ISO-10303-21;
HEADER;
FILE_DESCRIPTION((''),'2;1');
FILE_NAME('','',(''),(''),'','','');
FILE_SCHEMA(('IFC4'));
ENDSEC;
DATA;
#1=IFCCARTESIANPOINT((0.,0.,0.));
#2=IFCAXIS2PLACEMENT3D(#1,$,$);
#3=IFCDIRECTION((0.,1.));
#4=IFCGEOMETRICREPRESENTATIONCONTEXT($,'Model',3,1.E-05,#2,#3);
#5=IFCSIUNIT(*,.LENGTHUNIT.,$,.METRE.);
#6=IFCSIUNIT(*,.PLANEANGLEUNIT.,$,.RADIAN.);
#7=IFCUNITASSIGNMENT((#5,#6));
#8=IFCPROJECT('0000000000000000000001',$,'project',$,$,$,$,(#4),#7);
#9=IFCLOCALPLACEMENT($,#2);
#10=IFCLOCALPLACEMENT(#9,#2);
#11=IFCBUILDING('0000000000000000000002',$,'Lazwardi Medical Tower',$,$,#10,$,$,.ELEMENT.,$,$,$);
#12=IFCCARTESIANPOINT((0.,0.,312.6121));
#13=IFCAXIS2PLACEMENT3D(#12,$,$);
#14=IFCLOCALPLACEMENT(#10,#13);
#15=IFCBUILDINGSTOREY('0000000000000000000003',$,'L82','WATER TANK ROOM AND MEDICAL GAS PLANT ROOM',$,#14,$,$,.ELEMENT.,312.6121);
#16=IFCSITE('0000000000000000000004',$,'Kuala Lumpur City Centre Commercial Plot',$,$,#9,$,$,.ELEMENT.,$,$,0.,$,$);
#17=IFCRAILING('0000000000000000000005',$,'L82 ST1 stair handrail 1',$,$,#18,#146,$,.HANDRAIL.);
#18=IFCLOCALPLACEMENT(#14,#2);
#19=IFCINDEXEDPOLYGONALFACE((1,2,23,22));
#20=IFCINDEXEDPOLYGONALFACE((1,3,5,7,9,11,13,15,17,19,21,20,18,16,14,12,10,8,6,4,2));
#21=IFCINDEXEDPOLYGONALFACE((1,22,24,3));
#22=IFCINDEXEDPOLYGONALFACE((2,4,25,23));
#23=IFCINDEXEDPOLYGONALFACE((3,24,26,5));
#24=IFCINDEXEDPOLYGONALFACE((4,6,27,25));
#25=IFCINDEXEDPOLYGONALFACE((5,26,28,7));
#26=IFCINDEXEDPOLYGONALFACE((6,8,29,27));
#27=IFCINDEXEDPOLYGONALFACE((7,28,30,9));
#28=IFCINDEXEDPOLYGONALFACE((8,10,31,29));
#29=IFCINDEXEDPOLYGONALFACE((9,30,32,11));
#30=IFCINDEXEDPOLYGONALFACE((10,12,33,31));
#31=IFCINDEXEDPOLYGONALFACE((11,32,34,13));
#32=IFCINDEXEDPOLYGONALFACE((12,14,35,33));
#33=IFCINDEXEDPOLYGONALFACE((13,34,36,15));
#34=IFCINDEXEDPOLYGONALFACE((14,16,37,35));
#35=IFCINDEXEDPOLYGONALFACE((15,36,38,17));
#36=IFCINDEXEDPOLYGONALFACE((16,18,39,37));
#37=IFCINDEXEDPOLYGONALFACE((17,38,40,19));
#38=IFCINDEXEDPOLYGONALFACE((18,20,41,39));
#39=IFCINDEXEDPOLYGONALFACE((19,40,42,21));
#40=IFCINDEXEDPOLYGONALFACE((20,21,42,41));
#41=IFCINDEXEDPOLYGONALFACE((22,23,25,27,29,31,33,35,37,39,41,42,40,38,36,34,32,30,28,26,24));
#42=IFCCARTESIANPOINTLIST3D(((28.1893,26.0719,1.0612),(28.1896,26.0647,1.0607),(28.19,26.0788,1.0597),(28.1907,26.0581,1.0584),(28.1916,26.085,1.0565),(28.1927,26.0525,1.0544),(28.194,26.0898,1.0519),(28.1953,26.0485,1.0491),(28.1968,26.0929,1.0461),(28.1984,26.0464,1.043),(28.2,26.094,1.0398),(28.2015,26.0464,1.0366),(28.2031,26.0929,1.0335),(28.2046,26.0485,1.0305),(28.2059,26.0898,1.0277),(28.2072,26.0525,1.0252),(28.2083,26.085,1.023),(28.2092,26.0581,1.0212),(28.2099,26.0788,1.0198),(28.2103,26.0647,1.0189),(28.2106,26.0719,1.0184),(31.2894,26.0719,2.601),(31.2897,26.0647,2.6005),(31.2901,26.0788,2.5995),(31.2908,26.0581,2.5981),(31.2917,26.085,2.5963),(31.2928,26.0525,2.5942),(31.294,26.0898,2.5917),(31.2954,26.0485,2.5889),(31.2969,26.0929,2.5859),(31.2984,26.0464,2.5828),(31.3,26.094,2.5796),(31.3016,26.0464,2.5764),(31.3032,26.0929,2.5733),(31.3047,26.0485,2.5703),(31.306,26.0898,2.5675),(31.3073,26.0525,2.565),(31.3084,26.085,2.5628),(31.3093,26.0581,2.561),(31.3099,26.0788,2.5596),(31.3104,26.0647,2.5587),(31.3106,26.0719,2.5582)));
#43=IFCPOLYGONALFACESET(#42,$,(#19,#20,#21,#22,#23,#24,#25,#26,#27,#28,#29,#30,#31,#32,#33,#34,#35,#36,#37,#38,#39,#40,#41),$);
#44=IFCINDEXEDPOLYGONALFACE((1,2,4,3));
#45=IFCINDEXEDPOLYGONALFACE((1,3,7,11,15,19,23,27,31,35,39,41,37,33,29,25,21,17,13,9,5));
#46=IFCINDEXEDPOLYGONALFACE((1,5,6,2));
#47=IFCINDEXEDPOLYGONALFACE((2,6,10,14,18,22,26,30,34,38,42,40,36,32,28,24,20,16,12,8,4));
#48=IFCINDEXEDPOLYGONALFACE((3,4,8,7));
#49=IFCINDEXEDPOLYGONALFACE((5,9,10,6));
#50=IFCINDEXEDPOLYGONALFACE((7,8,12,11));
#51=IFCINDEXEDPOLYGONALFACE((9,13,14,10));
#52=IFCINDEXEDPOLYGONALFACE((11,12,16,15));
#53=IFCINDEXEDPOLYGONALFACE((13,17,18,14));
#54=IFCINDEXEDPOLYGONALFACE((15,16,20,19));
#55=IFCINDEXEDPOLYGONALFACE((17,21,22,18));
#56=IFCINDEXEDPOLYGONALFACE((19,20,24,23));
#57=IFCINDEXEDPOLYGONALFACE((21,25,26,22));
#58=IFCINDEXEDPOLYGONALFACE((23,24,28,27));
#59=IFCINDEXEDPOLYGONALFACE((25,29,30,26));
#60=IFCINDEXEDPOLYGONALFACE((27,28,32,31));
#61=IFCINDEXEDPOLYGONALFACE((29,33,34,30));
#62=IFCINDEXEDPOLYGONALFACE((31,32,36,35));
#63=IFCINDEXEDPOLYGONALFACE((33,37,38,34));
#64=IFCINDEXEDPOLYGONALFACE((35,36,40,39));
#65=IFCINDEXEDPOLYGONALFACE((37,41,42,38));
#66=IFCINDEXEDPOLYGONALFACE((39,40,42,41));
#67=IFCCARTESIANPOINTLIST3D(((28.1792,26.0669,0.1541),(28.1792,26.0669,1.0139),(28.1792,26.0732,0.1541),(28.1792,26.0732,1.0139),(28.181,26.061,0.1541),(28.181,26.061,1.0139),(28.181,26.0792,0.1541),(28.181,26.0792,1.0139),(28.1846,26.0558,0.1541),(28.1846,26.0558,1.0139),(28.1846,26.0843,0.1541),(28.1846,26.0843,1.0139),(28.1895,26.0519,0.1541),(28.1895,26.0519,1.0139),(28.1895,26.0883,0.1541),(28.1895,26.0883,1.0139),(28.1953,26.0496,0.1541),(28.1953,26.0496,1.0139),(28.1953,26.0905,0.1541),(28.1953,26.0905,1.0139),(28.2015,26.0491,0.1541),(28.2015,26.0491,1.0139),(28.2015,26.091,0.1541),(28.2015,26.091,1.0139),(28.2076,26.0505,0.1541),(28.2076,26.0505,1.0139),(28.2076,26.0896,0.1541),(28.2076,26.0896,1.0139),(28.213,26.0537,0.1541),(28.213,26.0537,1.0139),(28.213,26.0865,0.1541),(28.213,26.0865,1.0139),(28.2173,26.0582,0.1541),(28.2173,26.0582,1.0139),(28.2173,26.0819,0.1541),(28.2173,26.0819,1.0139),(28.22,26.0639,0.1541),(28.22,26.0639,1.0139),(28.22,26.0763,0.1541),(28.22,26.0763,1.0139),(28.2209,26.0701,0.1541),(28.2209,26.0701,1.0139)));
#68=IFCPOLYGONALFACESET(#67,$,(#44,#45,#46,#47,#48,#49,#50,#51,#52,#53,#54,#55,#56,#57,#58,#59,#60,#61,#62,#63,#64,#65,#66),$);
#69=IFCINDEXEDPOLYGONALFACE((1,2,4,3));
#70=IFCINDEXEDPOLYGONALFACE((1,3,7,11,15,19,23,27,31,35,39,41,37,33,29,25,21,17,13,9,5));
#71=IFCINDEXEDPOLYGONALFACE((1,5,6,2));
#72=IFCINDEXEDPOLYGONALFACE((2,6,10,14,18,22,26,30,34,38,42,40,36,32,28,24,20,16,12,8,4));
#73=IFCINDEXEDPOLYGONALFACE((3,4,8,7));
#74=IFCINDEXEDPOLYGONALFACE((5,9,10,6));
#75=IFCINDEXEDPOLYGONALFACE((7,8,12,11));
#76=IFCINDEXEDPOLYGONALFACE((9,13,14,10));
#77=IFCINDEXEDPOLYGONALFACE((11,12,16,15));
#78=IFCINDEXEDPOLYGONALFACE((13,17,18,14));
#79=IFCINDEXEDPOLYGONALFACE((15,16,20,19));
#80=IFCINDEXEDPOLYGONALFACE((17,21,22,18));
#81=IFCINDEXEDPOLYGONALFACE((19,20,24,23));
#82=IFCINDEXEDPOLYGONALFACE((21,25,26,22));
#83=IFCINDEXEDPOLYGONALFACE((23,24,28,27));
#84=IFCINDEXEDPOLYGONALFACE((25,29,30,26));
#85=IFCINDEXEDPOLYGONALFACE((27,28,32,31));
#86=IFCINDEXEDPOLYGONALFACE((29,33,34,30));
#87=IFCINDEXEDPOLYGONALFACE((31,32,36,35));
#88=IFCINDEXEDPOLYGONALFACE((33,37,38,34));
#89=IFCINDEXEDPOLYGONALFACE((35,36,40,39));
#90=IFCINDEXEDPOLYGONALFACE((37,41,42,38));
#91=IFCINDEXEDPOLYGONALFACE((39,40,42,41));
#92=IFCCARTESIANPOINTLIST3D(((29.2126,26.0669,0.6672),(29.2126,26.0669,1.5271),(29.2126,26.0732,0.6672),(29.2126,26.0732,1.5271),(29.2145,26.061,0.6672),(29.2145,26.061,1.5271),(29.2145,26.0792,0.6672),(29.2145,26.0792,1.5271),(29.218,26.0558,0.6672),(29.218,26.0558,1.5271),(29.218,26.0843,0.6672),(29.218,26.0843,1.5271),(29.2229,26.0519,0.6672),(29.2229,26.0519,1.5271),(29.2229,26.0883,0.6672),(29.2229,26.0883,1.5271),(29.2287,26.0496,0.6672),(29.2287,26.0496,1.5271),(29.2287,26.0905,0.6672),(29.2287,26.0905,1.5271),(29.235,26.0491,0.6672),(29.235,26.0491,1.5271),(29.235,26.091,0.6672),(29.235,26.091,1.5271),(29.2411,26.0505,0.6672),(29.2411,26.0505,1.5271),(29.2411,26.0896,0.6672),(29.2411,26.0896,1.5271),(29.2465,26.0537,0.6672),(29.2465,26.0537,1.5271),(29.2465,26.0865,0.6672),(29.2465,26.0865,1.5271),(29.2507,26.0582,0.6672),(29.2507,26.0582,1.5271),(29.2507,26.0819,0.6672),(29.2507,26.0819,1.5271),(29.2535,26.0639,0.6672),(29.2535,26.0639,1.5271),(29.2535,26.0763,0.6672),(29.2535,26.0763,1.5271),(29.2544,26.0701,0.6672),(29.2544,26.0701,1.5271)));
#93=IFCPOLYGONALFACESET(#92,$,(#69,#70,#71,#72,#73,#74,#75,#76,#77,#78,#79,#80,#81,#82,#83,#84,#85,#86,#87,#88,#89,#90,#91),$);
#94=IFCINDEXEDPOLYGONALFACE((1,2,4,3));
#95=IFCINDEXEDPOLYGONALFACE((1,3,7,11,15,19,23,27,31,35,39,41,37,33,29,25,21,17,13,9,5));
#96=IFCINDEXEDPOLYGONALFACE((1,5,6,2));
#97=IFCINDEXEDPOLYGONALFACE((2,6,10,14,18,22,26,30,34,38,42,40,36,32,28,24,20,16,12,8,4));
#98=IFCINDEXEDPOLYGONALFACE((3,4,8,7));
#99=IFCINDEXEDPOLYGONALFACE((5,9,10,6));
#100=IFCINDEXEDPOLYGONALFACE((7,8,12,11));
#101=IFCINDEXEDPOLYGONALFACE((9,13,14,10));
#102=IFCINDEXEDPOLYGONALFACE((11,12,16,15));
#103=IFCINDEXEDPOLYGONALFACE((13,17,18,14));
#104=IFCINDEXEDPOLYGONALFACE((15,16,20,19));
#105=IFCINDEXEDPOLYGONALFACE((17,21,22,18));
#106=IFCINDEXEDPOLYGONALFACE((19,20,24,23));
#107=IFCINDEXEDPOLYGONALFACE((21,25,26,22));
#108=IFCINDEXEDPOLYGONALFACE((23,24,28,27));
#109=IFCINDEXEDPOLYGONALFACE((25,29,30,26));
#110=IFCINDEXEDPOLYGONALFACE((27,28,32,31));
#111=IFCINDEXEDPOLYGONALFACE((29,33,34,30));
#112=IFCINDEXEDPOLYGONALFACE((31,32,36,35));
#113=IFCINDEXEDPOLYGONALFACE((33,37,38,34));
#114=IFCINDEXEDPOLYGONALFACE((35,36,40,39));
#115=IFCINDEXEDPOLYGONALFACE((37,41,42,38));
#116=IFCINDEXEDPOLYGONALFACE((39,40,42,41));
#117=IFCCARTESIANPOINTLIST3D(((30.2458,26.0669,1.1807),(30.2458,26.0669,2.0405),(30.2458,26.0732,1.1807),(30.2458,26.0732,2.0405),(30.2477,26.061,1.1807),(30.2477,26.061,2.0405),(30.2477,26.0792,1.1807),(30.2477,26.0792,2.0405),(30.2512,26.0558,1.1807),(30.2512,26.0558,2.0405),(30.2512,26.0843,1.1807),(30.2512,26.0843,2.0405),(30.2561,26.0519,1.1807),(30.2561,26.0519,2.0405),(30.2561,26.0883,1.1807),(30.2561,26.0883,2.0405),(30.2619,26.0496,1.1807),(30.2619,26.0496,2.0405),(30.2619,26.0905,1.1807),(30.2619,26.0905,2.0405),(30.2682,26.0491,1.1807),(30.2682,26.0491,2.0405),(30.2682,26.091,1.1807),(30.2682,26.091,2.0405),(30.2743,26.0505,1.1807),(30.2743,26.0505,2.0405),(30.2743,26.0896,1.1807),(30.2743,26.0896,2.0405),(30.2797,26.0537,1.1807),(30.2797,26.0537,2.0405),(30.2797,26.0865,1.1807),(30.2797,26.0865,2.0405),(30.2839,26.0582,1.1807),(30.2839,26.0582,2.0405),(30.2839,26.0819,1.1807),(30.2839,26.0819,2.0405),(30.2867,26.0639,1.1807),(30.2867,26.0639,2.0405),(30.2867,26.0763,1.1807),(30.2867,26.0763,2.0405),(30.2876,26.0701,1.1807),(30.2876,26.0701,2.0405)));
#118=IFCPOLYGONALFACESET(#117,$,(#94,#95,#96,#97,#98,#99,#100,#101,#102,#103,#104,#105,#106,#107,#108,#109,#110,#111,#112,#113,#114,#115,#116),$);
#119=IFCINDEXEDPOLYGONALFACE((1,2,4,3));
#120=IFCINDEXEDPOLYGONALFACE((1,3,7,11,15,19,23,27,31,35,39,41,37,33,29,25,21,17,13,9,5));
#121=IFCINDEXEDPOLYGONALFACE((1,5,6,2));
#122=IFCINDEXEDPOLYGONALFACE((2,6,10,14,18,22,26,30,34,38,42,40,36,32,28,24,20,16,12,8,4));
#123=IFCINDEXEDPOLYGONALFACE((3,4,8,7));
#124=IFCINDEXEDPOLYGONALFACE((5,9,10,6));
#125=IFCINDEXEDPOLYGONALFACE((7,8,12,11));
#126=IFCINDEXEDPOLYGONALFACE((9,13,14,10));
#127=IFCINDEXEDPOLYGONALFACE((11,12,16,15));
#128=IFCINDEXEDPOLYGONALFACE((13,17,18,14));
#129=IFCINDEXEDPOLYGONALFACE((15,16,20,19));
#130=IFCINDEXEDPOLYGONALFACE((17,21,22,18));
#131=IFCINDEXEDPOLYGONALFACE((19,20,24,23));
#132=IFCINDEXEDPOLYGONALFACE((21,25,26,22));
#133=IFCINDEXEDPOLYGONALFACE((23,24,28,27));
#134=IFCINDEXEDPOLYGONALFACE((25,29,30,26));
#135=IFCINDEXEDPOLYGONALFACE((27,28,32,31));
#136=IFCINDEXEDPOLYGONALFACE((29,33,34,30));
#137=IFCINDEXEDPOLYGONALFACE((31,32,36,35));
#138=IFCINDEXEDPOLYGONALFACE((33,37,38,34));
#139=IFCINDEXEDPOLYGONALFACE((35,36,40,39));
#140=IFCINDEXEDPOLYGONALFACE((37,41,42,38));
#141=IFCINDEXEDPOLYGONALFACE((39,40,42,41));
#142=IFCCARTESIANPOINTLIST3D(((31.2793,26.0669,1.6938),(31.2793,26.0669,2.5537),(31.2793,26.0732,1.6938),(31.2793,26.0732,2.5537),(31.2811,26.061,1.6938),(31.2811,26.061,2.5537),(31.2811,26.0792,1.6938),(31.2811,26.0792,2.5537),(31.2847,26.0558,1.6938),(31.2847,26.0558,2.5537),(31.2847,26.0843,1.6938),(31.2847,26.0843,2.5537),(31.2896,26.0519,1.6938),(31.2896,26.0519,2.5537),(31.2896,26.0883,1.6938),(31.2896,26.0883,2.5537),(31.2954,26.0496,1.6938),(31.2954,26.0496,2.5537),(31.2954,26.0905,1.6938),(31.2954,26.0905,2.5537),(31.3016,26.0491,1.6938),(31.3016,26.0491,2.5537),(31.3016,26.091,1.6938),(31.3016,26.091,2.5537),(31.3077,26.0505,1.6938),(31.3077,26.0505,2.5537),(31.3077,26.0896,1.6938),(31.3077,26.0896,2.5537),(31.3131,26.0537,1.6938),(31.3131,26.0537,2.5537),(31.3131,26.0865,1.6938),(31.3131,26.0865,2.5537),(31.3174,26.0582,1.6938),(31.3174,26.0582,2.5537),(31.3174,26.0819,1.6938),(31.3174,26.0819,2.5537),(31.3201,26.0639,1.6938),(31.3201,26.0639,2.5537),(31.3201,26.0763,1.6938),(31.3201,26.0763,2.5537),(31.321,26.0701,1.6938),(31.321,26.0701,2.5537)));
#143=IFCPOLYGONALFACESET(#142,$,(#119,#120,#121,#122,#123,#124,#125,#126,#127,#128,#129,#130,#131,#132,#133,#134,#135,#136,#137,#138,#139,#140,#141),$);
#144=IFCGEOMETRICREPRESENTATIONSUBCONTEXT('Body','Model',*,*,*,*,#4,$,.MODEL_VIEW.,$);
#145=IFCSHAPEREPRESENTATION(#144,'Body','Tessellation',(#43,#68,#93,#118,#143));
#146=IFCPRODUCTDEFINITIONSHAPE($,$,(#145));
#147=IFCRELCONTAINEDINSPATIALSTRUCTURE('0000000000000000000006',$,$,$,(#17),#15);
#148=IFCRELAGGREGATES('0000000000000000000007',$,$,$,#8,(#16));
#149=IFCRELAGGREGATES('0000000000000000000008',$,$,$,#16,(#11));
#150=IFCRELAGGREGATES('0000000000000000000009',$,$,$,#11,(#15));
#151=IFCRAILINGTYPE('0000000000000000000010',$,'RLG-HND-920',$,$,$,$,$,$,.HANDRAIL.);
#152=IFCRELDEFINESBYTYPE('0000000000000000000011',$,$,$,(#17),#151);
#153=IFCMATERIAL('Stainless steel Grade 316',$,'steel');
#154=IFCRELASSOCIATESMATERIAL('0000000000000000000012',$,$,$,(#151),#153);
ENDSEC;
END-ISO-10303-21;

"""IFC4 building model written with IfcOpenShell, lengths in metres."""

from ifc_helpers import new_model, si_unit, direction, frame, origin, origin_2d, place, context, subcontext, project, spatial, circle, extrude, material, type_object, element, save


model = new_model("IFC4")

# Units and contexts
model_context = context("Model", 3, precision=1e-05, world=origin(), true_north=direction((0.0, 1.0)))
body_context = subcontext(model_context, "Body", "Model", "MODEL_VIEW")
ifc_project = project(units=[si_unit("LENGTHUNIT", "METRE"), si_unit("PLANEANGLEUNIT", "RADIAN")], contexts=[model_context])

# Site, building, storey
site_placement = place(None, origin())
site = spatial("IfcSite", under=ifc_project, at=site_placement, Name="Kuala Lumpur City Centre Commercial Plot", CompositionType="ELEMENT", RefElevation=0.0)
building_placement = place(site_placement, origin())
building = spatial("IfcBuilding", under=site, at=building_placement, Name="Lazwardi Medical Tower", CompositionType="ELEMENT")
storey_placement = place(building_placement, frame((0.0, 0.0, 312.6121)))
storey = spatial("IfcBuildingStorey", under=building, at=storey_placement, Name="L82", Description="WATER TANK ROOM AND MEDICAL GAS PLANT ROOM", CompositionType="ELEMENT", Elevation=312.6121)

# Railing
ifc_material_1 = material(Name="Stainless steel Grade 316", Category="steel")
railing_type = type_object("IfcRailingType", Name="RLG-HND-920", PredefinedType="HANDRAIL", material=ifc_material_1)
railing_placement = place(storey_placement, frame((28.2, 26.0701, 0.1541)))
element("IfcRailing", 1, at=railing_placement, inside=storey, type_object=railing_type, Name="L82 ST1 stair handrail 1", PredefinedType="HANDRAIL", context=body_context, shape_type="SweptSolid", body=[
    extrude(circle(Radius=0.0239, at=origin_2d()), frame((0.0, 0.0, 0.8857), z_axis=(0.895609, 0.0, 0.444842), x_axis=(0.0, 1.0, 0.0)), (0.0, 0.0, 1.0), 3.4614),
    extrude(circle(Radius=0.021, at=origin_2d()), origin(), (0.0, 0.0, 1.0), 0.8599),
    extrude(circle(Radius=0.021, at=origin_2d()), frame((1.0334, 0.0, 0.5132)), (0.0, 0.0, 1.0), 0.8599),
    extrude(circle(Radius=0.021, at=origin_2d()), frame((2.0667, 0.0, 1.0266)), (0.0, 0.0, 1.0), 0.8599),
    extrude(circle(Radius=0.021, at=origin_2d()), frame((3.1001, 0.0, 1.5398)), (0.0, 0.0, 1.0), 0.8599),
])

save(model, "model.ifc")
